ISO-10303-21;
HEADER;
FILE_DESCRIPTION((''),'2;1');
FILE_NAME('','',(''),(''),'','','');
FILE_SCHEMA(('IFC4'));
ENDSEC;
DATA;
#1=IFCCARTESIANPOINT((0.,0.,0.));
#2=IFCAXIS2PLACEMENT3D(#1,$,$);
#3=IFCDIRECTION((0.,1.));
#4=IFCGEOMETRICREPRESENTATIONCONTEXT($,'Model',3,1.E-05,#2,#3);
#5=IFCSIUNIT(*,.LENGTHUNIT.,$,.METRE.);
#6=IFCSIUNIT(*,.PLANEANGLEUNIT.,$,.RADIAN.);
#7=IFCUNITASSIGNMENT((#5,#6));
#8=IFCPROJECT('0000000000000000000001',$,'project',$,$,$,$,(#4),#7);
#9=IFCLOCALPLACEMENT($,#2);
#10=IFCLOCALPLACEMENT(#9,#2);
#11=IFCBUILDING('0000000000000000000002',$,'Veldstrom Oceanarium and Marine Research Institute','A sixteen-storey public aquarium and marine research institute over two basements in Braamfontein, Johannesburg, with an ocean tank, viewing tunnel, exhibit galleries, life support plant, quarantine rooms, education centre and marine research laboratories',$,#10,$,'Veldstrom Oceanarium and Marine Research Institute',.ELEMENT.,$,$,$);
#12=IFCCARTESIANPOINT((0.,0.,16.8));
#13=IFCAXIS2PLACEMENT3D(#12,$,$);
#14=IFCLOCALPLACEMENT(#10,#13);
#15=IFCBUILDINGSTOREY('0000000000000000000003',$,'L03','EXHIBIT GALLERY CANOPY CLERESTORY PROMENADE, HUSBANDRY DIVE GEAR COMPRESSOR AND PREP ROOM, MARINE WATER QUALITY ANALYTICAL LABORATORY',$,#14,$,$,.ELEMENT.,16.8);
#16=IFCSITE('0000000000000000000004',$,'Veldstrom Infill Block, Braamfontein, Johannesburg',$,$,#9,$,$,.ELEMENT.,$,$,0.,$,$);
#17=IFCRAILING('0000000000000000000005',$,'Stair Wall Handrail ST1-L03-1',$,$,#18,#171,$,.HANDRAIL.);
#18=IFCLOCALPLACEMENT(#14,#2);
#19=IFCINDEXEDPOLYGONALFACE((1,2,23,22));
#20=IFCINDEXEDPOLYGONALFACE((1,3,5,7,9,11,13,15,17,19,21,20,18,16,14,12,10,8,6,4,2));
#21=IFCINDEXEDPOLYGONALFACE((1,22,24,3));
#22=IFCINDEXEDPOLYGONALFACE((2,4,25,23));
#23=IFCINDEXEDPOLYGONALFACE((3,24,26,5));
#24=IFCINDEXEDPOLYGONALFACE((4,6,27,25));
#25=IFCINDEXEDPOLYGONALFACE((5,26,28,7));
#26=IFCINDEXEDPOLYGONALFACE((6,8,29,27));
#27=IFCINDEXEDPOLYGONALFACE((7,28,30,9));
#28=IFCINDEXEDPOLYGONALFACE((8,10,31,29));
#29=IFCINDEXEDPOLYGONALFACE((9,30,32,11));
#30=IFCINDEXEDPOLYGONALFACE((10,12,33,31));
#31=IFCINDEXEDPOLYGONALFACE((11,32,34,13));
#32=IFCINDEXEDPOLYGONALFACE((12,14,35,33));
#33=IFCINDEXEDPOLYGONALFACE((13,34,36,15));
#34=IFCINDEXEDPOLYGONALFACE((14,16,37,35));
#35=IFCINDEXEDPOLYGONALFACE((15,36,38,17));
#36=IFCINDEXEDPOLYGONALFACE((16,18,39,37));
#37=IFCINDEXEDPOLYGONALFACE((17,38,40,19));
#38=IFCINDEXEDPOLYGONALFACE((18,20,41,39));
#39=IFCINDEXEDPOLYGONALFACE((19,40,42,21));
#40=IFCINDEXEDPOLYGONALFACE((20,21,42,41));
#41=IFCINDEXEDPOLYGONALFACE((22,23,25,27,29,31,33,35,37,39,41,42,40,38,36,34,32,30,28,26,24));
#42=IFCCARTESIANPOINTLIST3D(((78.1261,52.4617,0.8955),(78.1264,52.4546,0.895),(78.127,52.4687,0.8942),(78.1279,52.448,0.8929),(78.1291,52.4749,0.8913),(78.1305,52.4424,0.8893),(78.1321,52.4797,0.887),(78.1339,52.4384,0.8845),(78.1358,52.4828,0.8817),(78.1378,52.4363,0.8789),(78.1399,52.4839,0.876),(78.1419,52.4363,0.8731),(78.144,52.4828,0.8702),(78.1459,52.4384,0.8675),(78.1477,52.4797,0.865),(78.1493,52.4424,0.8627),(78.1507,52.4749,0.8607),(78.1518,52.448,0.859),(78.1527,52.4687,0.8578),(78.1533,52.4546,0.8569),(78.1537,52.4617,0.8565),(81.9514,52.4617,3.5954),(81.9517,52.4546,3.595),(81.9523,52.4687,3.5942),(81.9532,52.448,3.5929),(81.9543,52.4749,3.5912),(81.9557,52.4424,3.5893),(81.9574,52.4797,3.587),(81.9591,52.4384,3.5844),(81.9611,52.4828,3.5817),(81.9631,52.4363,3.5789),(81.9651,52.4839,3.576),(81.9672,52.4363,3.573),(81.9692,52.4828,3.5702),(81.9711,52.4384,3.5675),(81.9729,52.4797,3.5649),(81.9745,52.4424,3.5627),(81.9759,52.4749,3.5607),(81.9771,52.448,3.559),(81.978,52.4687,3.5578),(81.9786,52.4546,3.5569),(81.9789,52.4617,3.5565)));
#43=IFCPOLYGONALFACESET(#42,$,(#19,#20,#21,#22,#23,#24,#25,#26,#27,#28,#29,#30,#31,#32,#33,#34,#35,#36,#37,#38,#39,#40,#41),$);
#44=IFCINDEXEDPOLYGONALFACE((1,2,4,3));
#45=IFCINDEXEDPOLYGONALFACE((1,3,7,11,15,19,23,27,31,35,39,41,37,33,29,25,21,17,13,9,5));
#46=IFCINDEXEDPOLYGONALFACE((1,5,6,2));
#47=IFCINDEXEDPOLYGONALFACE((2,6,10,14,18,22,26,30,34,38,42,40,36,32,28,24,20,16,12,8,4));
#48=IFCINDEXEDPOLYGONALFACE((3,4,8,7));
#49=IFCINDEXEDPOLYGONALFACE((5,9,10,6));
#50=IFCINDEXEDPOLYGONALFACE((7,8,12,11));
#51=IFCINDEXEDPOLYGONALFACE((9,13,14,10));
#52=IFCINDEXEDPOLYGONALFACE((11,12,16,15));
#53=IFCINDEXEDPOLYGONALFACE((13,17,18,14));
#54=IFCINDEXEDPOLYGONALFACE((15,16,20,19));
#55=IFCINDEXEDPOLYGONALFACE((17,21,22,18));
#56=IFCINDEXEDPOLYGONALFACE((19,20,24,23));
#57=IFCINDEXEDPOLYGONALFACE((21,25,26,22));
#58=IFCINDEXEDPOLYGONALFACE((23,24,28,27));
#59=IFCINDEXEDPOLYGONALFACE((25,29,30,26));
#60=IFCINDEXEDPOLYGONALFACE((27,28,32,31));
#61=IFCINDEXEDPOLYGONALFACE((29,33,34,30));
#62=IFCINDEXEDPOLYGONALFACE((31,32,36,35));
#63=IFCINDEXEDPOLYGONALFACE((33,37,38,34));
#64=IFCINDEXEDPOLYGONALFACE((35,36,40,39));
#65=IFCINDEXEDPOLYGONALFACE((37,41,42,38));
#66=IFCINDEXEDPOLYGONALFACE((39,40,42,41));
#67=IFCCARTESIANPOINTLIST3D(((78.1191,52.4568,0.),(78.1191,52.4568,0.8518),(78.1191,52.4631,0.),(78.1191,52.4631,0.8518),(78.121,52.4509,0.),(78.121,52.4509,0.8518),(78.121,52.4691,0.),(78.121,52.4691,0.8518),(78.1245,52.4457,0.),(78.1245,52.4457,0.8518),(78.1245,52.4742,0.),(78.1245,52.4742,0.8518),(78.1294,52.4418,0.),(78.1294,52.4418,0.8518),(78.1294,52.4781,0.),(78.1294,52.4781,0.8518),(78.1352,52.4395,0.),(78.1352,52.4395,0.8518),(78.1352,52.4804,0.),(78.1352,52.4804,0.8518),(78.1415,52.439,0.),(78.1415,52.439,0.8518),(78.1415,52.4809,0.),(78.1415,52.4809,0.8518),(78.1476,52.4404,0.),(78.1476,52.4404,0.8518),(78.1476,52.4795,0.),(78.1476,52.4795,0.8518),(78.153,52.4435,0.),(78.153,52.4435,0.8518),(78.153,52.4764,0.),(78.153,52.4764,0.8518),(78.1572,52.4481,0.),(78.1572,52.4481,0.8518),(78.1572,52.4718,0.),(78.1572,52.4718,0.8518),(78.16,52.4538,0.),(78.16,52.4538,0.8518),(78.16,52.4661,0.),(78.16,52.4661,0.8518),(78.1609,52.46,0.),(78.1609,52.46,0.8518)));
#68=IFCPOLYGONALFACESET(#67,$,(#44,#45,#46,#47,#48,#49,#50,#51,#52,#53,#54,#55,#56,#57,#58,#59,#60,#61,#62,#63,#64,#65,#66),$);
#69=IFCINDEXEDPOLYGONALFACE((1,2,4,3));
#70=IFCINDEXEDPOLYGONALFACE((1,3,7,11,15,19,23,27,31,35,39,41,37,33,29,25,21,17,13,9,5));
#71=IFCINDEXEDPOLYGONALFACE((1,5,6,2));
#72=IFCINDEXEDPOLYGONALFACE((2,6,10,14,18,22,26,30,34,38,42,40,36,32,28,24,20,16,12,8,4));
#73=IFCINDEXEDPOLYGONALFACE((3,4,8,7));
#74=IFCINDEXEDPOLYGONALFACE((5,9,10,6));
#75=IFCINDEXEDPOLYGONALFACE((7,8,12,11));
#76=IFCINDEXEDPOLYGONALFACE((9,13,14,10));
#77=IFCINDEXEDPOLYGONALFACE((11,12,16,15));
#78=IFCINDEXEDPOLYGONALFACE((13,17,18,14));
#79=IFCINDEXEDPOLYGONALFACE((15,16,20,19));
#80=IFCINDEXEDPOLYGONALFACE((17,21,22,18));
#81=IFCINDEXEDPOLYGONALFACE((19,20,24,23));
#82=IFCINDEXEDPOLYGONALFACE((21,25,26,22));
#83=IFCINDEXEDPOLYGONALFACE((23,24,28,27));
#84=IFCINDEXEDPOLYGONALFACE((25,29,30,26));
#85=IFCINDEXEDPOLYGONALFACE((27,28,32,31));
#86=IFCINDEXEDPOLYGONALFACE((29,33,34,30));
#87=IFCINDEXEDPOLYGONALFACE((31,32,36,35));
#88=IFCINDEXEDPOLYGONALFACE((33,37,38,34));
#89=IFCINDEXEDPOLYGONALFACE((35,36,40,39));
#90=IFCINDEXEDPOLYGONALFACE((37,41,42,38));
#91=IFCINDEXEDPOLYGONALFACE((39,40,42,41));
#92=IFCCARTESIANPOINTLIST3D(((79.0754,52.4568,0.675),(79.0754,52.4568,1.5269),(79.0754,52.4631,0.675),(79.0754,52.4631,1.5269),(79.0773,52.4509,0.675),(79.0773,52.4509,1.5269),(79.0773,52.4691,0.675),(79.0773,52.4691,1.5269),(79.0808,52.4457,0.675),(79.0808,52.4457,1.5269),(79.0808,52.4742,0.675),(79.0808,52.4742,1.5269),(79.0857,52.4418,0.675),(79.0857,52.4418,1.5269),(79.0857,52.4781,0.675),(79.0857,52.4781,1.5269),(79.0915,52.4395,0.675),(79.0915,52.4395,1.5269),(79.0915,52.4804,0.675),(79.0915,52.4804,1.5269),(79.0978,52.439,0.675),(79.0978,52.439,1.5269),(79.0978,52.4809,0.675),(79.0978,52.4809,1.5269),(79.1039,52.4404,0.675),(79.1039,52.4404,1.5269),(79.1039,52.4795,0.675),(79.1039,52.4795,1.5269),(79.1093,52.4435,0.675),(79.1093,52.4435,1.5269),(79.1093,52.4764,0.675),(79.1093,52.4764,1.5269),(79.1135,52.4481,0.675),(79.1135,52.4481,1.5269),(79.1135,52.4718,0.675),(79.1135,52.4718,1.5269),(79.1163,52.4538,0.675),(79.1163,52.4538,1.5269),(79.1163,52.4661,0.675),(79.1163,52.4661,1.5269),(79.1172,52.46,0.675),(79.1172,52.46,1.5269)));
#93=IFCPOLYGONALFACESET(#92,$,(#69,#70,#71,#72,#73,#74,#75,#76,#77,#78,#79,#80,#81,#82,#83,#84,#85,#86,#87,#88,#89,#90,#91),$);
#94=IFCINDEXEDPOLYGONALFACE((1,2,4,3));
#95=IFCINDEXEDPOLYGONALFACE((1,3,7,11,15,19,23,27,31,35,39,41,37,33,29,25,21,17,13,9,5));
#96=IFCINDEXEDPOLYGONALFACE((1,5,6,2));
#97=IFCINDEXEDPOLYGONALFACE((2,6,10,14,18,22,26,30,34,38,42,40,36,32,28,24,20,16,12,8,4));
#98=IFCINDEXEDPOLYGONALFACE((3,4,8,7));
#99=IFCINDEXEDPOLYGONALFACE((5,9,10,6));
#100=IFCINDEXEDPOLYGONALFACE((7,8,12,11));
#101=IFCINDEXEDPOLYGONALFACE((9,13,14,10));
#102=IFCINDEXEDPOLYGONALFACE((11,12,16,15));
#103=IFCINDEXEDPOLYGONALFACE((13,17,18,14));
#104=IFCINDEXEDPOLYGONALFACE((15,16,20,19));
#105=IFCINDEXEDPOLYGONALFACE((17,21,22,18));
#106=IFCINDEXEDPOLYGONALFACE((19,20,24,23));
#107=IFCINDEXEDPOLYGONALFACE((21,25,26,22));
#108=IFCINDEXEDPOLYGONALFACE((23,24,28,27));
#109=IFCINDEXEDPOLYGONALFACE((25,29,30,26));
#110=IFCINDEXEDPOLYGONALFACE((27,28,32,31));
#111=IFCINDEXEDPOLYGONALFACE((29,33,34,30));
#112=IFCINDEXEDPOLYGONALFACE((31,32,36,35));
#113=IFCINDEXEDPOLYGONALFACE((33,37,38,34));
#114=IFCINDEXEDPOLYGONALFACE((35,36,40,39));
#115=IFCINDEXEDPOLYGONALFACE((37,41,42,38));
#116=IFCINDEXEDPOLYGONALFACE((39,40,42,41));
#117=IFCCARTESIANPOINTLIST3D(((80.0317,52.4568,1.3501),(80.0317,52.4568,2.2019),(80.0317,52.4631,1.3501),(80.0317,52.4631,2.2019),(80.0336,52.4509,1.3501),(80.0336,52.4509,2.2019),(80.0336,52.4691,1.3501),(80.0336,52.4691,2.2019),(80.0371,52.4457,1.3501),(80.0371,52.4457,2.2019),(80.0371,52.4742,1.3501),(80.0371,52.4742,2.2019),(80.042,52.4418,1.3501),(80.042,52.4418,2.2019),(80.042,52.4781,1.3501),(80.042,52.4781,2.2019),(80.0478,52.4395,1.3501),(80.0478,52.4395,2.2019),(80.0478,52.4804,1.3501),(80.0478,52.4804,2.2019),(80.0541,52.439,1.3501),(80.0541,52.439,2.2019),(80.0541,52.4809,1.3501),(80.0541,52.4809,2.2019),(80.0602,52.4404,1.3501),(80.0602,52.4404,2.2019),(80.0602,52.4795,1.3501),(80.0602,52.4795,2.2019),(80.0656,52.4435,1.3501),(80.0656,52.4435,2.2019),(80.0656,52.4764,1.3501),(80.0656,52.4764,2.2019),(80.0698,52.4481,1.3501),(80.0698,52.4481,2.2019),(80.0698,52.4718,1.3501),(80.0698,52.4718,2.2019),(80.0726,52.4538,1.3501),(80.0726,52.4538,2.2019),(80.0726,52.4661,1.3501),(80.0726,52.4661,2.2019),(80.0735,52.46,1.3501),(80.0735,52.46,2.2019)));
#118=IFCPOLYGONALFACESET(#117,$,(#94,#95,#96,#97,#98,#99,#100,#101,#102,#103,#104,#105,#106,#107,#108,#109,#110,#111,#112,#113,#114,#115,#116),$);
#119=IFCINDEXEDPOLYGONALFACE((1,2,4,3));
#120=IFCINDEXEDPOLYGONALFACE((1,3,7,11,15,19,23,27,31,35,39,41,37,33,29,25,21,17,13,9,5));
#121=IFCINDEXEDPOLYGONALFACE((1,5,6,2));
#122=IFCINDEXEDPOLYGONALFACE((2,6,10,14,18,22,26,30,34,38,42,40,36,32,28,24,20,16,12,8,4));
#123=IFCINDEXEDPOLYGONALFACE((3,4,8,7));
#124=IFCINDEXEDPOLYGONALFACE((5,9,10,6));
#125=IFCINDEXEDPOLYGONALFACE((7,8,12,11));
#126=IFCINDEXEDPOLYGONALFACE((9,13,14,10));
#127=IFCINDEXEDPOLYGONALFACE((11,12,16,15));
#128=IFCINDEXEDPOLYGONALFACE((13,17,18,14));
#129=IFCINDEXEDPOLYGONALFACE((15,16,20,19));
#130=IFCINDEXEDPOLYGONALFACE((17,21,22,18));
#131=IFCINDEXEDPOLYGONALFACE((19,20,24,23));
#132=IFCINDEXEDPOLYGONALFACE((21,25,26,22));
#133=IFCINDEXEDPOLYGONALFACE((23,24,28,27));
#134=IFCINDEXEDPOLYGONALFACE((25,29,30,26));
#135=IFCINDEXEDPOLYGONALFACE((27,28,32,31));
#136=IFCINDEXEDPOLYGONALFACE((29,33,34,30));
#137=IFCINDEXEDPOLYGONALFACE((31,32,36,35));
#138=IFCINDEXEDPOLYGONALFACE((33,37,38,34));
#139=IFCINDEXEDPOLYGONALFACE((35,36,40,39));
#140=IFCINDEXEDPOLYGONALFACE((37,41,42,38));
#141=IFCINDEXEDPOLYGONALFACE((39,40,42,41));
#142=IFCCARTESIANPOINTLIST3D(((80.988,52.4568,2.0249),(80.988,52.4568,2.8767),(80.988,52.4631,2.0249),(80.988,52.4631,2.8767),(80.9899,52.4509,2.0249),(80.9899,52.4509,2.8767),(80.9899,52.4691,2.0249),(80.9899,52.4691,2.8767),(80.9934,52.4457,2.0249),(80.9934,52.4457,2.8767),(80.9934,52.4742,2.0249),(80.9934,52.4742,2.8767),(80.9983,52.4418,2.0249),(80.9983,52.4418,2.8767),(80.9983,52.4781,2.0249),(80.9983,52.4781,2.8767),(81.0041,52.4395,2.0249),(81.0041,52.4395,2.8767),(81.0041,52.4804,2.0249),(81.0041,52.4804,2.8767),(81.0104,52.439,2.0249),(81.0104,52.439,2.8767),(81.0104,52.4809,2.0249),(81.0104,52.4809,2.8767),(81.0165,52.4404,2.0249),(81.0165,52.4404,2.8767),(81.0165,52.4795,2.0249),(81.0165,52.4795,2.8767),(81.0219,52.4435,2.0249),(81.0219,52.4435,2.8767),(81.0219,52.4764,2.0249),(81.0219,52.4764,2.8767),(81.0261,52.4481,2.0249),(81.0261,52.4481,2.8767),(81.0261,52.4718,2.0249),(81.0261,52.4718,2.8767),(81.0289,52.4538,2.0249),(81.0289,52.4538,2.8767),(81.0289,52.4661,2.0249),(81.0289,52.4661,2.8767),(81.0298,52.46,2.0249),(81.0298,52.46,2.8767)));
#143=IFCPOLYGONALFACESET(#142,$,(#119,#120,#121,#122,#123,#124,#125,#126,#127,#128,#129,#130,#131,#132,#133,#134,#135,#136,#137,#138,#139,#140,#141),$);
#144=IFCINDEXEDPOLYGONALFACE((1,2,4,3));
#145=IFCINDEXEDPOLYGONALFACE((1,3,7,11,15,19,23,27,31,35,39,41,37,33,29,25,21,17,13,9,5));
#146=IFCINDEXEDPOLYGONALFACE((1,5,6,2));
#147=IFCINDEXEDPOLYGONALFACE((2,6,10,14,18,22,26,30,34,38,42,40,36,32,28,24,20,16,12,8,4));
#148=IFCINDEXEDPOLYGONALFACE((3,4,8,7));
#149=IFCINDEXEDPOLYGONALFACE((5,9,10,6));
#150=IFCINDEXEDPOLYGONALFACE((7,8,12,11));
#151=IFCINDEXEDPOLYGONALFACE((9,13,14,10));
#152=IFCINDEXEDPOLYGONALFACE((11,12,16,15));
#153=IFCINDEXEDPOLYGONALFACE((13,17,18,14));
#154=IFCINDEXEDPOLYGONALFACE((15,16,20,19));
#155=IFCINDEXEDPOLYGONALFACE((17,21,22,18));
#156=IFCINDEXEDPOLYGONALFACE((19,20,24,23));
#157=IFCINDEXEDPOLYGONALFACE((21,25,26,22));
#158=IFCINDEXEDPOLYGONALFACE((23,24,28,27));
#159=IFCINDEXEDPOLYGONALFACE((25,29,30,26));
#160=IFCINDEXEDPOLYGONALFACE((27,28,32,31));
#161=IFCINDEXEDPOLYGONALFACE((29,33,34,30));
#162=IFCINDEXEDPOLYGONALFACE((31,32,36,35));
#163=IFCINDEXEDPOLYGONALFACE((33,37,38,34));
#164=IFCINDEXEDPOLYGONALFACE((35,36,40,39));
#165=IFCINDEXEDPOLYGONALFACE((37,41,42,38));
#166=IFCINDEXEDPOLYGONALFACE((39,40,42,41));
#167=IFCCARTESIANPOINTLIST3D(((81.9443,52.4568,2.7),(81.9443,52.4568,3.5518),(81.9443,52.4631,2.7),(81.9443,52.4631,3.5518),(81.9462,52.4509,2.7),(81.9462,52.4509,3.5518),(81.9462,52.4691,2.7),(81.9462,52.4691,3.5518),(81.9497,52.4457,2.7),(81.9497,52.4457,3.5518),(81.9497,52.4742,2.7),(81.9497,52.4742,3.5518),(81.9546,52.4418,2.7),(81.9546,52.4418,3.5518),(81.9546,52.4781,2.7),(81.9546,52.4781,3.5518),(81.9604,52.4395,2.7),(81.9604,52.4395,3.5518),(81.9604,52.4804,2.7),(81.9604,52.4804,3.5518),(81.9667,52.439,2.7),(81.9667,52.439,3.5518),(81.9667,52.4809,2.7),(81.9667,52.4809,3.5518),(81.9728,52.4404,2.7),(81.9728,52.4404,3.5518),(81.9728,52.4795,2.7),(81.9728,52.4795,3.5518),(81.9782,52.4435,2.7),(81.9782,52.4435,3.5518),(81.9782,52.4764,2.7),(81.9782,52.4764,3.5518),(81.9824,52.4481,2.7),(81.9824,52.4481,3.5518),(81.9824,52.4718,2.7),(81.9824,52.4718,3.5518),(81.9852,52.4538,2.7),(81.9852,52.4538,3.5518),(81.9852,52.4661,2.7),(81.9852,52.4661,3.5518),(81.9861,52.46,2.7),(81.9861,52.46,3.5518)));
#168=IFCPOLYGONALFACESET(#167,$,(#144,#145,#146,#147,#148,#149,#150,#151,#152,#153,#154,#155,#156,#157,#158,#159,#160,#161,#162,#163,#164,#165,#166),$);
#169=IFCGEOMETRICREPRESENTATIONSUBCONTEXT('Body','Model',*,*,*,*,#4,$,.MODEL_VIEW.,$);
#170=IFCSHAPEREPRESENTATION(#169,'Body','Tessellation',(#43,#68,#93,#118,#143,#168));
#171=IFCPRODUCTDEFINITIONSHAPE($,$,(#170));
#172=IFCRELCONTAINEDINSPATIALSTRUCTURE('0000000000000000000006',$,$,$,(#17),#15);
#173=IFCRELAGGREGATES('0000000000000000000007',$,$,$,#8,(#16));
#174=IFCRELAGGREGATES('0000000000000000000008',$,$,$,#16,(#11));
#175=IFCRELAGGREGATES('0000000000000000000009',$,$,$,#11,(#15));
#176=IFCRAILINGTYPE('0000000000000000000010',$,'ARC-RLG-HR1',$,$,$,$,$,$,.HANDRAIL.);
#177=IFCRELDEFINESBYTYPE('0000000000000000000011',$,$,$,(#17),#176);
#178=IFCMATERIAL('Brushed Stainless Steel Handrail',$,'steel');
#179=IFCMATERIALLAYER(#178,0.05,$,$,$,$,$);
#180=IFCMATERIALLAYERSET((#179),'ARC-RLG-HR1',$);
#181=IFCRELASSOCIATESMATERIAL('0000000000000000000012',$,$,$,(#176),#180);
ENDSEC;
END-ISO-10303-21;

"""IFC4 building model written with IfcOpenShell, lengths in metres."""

from ifc_helpers import new_model, si_unit, direction, frame, origin, origin_2d, place, context, subcontext, project, spatial, circle, extrude, material, layer, layer_set, type_object, element, save


model = new_model("IFC4")

# Units and contexts
model_context = context("Model", 3, precision=1e-05, world=origin(), true_north=direction((0.0, 1.0)))
body_context = subcontext(model_context, "Body", "Model", "MODEL_VIEW")
ifc_project = project(units=[si_unit("LENGTHUNIT", "METRE"), si_unit("PLANEANGLEUNIT", "RADIAN")], contexts=[model_context])

# Site, building, storey
site_placement = place(None, origin())
site = spatial("IfcSite", under=ifc_project, at=site_placement, Name="Veldstrom Infill Block, Braamfontein, Johannesburg", CompositionType="ELEMENT", RefElevation=0.0)
building_placement = place(site_placement, origin())
building = spatial("IfcBuilding", under=site, at=building_placement, Name="Veldstrom Oceanarium and Marine Research Institute", Description="A sixteen-storey public aquarium and marine research institute over two basements in Braamfontein, Johannesburg, with an ocean tank, viewing tunnel, exhibit galleries, life support plant, quarantine rooms, education centre and marine research laboratories", LongName="Veldstrom Oceanarium and Marine Research Institute", CompositionType="ELEMENT")
storey_placement = place(building_placement, frame((0.0, 0.0, 16.8)))
storey = spatial("IfcBuildingStorey", under=building, at=storey_placement, Name="L03", Description="EXHIBIT GALLERY CANOPY CLERESTORY PROMENADE, HUSBANDRY DIVE GEAR COMPRESSOR AND PREP ROOM, MARINE WATER QUALITY ANALYTICAL LABORATORY", CompositionType="ELEMENT", Elevation=16.8)

# Railing
ifc_material_1 = material(Name="Brushed Stainless Steel Handrail", Category="steel")
ifc_layer_1 = layer(ifc_material_1, 0.05)
ifc_layer_set_1 = layer_set([ifc_layer_1], Name="ARC-RLG-HR1")
railing_type = type_object("IfcRailingType", Name="ARC-RLG-HR1", PredefinedType="HANDRAIL", material=ifc_layer_set_1)
railing_placement = place(storey_placement, frame((78.1399, 52.46, 0.0)))
element("IfcRailing", 1, at=railing_placement, inside=storey, type_object=railing_type, Name="Stair Wall Handrail ST1-L03-1", PredefinedType="HANDRAIL", context=body_context, shape_type="SweptSolid", body=[
    extrude(circle(Radius=0.0239, at=origin_2d()), frame((0.0, 0.0, 0.876), z_axis=(0.816987, 0.0, 0.576657), x_axis=(0.0, 1.0, 0.0)), (0.0, 0.0, 1.0), 4.6821),
    extrude(circle(Radius=0.021, at=origin_2d()), origin(), (0.0, 0.0, 1.0), 0.8518),
    extrude(circle(Radius=0.021, at=origin_2d()), frame((0.9563, 0.0, 0.675)), (0.0, 0.0, 1.0), 0.8518),
    extrude(circle(Radius=0.021, at=origin_2d()), frame((1.9126, 0.0, 1.3501)), (0.0, 0.0, 1.0), 0.8518),
    extrude(circle(Radius=0.021, at=origin_2d()), frame((2.8689, 0.0, 2.0249)), (0.0, 0.0, 1.0), 0.8518),
    extrude(circle(Radius=0.021, at=origin_2d()), frame((3.8252, 0.0, 2.7)), (0.0, 0.0, 1.0), 0.8518),
])

save(model, "model.ifc")
